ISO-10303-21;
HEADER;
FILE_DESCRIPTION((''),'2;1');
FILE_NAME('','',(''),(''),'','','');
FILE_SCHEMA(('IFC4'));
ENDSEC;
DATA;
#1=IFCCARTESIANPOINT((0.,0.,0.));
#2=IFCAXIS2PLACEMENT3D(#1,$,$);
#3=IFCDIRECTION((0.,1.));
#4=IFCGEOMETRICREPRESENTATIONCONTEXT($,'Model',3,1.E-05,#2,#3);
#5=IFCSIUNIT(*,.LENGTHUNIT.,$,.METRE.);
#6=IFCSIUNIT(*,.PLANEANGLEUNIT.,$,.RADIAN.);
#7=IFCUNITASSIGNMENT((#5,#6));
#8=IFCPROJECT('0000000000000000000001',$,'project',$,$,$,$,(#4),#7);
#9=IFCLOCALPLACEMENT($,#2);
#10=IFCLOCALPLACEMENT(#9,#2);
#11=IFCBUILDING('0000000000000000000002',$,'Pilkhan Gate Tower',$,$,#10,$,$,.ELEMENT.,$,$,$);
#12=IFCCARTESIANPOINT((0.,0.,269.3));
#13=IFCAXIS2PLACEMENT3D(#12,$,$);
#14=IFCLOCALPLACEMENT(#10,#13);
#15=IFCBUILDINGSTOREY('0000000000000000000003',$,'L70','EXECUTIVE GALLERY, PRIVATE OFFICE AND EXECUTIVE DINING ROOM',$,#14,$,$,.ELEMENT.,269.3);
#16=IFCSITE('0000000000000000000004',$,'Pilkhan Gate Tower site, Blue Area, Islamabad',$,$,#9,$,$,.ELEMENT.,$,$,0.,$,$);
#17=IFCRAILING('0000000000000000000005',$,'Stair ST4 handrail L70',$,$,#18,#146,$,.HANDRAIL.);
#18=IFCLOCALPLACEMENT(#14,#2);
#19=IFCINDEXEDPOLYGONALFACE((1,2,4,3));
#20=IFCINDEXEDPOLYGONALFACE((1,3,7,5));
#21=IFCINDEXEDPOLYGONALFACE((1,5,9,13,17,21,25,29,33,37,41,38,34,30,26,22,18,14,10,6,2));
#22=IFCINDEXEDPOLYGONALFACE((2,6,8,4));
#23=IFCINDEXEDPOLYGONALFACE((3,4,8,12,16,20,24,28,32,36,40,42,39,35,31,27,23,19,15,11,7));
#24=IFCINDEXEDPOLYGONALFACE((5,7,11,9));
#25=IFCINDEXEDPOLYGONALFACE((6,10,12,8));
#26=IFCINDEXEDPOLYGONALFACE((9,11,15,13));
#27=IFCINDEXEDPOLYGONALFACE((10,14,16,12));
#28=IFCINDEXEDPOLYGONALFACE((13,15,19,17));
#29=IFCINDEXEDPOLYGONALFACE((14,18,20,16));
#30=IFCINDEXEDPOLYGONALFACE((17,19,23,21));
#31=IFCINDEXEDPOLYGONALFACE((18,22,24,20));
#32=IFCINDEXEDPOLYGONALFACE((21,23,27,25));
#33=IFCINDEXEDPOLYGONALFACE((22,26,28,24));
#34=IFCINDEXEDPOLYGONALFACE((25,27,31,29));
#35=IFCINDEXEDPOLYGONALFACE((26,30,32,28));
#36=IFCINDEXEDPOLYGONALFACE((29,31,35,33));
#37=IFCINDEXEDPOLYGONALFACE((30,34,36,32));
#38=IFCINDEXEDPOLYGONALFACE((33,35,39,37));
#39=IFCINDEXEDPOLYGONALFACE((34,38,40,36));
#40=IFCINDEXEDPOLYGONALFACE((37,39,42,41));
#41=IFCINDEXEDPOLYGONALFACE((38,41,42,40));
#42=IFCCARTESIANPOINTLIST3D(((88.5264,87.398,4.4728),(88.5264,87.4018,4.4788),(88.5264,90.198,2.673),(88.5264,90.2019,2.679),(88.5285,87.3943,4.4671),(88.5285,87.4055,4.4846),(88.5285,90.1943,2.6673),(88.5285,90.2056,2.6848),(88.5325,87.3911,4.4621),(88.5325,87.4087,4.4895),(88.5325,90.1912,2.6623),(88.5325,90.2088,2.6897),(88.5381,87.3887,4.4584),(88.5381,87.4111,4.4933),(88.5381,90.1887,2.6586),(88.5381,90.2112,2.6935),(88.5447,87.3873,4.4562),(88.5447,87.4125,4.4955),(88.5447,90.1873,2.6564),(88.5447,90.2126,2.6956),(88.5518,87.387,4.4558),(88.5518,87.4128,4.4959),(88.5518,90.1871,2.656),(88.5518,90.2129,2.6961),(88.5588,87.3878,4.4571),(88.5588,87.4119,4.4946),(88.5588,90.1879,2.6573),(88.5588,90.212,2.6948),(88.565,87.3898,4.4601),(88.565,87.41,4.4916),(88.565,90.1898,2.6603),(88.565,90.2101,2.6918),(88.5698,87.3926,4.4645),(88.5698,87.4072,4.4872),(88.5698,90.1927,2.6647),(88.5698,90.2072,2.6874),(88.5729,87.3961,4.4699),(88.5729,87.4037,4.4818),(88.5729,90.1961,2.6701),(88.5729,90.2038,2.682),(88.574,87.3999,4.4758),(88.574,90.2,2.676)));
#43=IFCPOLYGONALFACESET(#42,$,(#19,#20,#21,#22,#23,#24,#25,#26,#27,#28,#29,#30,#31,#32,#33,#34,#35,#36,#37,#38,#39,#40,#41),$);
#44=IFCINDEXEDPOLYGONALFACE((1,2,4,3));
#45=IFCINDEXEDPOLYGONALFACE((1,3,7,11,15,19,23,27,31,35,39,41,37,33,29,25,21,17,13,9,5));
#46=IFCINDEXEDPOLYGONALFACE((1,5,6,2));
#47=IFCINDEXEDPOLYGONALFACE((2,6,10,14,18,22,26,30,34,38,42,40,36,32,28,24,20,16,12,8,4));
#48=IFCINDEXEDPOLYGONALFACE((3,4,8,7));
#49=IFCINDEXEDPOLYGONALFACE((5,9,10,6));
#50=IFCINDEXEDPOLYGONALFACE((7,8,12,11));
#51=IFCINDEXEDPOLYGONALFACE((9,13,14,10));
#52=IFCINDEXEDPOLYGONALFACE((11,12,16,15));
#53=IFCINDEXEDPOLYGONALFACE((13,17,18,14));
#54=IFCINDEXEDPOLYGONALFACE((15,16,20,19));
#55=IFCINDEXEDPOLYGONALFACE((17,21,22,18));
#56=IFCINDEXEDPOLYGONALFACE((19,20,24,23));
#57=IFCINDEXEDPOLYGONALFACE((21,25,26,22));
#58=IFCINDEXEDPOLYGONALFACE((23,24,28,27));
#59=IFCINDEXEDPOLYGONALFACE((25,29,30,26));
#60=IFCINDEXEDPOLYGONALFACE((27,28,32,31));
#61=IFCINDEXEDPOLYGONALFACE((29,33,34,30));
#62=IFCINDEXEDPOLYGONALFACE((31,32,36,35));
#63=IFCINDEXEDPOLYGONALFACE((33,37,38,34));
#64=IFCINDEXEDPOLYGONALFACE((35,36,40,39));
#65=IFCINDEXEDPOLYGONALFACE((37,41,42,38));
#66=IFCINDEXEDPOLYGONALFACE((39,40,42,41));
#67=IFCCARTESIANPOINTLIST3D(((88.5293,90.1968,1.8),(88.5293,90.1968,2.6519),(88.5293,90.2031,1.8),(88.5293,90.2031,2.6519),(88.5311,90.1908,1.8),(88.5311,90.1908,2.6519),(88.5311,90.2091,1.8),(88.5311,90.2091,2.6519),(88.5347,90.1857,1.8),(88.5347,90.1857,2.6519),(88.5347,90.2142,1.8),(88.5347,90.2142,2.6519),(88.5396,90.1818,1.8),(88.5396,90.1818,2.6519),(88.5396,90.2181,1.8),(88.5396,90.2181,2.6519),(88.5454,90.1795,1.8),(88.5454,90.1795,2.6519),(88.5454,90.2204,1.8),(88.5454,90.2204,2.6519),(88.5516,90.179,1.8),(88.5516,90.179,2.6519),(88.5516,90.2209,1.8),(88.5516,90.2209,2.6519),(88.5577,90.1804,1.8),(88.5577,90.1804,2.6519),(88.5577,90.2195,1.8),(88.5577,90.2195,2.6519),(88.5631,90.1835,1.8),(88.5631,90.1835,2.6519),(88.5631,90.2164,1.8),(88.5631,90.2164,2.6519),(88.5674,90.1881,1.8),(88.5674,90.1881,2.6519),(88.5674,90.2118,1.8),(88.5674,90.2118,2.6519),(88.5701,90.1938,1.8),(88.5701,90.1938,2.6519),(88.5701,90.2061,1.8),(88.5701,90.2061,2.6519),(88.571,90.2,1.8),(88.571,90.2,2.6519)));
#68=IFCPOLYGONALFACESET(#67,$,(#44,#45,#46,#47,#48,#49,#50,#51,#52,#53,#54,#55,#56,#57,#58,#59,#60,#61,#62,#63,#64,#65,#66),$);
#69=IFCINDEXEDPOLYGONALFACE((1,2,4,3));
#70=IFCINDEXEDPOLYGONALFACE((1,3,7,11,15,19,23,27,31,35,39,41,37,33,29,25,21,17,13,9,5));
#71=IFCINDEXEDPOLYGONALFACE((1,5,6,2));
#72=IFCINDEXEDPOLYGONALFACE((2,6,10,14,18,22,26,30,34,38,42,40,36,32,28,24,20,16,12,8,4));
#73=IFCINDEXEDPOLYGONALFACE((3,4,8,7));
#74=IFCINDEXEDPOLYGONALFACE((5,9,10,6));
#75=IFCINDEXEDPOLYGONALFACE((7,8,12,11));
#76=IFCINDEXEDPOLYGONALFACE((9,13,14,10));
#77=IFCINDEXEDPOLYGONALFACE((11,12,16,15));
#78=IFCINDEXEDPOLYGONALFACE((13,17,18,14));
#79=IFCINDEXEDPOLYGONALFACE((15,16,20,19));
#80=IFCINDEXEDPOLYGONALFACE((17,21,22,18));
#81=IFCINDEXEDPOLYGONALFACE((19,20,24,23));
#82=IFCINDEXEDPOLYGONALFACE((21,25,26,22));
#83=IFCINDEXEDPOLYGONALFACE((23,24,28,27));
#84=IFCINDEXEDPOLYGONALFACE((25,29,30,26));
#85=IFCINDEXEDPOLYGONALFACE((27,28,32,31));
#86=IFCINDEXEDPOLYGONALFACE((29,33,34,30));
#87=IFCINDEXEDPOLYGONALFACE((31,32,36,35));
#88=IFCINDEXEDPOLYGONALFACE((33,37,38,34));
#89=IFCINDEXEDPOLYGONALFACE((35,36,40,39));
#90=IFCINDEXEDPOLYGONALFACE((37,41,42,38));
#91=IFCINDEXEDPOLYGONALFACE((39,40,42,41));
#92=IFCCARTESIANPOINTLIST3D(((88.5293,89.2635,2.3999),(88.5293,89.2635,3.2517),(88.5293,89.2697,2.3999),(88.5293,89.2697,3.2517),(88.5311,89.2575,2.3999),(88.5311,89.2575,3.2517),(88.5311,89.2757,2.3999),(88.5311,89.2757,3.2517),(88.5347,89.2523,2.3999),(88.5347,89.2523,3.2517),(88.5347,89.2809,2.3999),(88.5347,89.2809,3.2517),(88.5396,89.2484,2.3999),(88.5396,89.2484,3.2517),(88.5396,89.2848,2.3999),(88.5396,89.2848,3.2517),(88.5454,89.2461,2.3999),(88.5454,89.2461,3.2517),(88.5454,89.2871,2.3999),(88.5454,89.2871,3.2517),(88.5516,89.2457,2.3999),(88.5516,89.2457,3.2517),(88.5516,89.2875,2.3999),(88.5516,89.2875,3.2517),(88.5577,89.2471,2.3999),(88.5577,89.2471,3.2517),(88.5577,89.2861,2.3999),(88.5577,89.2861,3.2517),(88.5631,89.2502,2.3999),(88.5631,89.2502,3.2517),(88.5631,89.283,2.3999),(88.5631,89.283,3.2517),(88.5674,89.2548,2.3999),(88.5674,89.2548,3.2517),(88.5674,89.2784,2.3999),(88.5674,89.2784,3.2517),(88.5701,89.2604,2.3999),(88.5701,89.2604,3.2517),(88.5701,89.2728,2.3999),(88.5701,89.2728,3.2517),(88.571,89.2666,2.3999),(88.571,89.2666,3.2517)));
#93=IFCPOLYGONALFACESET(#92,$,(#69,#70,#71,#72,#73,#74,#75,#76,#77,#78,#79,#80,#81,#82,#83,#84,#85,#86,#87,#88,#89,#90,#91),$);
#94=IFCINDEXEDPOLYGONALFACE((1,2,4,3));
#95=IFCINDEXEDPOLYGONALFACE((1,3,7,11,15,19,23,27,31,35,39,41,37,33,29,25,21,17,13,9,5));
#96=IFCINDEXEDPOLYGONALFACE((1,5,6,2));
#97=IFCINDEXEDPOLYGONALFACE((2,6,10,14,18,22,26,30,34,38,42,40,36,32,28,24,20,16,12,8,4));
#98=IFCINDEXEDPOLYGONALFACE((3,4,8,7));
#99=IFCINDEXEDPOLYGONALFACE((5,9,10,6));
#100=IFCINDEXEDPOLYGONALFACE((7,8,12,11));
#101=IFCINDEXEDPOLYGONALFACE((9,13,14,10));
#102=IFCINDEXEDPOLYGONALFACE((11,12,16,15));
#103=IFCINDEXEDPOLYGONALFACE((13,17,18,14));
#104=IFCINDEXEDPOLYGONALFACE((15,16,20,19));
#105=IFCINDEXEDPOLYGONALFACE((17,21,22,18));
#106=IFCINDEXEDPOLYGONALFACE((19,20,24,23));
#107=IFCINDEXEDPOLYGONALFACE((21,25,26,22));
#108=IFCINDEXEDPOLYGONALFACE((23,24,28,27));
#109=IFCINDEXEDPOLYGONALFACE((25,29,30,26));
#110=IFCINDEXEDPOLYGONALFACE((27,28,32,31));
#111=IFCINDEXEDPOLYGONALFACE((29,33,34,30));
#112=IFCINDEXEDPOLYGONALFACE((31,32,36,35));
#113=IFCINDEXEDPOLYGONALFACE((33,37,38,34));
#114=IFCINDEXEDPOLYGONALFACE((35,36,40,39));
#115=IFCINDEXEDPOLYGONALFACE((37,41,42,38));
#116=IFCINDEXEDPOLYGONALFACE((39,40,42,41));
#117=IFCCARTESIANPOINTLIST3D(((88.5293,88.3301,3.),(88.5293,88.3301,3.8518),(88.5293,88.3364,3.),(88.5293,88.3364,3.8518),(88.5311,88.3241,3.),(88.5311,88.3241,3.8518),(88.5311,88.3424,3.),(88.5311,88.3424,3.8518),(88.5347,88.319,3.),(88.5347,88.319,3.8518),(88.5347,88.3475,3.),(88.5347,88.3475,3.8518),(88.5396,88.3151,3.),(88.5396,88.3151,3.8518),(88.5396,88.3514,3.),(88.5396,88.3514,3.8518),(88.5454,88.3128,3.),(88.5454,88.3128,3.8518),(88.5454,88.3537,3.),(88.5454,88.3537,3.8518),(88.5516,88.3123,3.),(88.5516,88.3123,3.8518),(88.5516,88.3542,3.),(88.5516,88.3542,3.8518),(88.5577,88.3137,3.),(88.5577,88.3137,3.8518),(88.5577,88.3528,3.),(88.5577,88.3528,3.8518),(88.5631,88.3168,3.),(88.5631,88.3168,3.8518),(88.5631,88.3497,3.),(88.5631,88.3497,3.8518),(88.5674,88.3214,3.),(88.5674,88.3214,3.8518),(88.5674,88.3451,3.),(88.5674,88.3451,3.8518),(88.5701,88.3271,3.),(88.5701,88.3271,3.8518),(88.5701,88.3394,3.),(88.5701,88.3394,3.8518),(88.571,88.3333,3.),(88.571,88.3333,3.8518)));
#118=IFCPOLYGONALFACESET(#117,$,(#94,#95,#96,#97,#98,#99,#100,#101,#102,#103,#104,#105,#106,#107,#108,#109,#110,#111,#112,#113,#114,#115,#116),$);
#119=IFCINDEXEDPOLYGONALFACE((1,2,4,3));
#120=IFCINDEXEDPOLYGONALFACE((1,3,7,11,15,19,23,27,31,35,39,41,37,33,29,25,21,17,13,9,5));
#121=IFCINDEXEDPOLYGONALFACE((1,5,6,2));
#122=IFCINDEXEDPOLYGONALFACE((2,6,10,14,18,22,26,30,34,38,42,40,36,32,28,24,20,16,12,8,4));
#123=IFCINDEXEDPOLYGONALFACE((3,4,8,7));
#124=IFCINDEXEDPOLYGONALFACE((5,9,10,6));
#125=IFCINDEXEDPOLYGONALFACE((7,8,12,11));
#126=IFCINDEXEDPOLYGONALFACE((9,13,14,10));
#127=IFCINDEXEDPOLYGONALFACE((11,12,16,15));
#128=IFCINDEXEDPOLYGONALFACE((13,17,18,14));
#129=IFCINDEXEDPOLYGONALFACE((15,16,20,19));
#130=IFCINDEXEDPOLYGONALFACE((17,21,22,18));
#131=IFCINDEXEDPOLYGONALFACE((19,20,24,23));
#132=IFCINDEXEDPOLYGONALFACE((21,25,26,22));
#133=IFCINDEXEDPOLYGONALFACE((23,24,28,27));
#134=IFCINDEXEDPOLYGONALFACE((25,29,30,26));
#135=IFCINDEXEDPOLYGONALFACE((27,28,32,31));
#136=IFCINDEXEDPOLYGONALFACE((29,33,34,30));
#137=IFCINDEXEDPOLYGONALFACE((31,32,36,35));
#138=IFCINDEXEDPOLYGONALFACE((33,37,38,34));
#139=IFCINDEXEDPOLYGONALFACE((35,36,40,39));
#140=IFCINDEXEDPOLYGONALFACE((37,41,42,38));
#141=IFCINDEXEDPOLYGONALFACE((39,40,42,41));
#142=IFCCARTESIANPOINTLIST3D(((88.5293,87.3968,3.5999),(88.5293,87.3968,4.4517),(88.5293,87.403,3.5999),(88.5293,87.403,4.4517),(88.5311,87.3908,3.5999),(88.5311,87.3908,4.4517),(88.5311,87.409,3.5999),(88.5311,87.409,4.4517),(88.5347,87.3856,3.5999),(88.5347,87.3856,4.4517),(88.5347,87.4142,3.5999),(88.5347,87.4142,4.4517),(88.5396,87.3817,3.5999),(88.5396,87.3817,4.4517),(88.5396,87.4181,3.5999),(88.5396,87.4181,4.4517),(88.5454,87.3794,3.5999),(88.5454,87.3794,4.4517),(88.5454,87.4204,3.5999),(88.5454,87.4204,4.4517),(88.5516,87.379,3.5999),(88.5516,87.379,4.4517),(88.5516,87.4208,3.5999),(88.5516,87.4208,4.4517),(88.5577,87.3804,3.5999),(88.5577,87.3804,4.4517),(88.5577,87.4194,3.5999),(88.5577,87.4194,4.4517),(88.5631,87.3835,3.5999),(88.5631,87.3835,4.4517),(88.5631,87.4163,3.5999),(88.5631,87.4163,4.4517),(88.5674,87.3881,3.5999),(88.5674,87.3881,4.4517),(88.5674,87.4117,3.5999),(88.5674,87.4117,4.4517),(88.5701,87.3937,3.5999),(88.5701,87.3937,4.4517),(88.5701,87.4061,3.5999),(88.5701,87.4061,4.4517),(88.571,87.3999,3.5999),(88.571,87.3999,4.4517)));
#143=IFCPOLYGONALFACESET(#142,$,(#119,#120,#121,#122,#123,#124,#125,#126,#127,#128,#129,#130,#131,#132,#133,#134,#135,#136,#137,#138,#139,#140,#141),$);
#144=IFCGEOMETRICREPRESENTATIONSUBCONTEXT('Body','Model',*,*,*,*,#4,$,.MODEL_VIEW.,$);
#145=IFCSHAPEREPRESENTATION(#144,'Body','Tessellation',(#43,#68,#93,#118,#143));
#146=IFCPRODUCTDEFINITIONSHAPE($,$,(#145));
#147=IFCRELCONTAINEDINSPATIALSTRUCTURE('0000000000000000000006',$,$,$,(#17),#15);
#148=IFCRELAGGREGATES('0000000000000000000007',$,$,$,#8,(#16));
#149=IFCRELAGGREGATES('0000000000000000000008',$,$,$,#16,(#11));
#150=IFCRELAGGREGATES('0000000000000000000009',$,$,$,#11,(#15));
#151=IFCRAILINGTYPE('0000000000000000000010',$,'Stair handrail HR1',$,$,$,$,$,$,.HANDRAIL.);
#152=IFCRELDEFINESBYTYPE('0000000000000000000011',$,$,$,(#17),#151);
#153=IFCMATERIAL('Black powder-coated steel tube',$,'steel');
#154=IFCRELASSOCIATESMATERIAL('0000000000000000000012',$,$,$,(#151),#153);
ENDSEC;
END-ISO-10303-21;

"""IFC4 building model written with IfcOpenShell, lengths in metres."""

from ifc_helpers import new_model, si_unit, direction, frame, origin, origin_2d, place, context, subcontext, project, spatial, circle, extrude, material, type_object, element, save


model = new_model("IFC4")

# Units and contexts
model_context = context("Model", 3, precision=1e-05, world=origin(), true_north=direction((0.0, 1.0)))
body_context = subcontext(model_context, "Body", "Model", "MODEL_VIEW")
ifc_project = project(units=[si_unit("LENGTHUNIT", "METRE"), si_unit("PLANEANGLEUNIT", "RADIAN")], contexts=[model_context])

# Site, building, storey
site_placement = place(None, origin())
site = spatial("IfcSite", under=ifc_project, at=site_placement, Name="Pilkhan Gate Tower site, Blue Area, Islamabad", CompositionType="ELEMENT", RefElevation=0.0)
building_placement = place(site_placement, origin())
building = spatial("IfcBuilding", under=site, at=building_placement, Name="Pilkhan Gate Tower", CompositionType="ELEMENT")
storey_placement = place(building_placement, frame((0.0, 0.0, 269.3)))
storey = spatial("IfcBuildingStorey", under=building, at=storey_placement, Name="L70", Description="EXECUTIVE GALLERY, PRIVATE OFFICE AND EXECUTIVE DINING ROOM", CompositionType="ELEMENT", Elevation=269.3)

# Railing
ifc_material_1 = material(Name="Black powder-coated steel tube", Category="steel")
railing_type_1 = type_object("IfcRailingType", Name="Stair handrail HR1", PredefinedType="HANDRAIL", material=ifc_material_1)
railing_1_placement = place(storey_placement, frame((88.55, 90.2, 1.8)))
element("IfcRailing", 1, at=railing_1_placement, inside=storey, type_object=railing_type_1, Name="Stair ST4 handrail L70", PredefinedType="HANDRAIL", context=body_context, shape_type="SweptSolid", body=[
    extrude(circle(Radius=0.0239, at=origin_2d()), frame((0.0, 0.0, 0.876), z_axis=(0.0, -0.841209, 0.540709), x_axis=(1.0, 0.0, 0.0)), (0.0, 0.0, 1.0), 3.3286),
    extrude(circle(Radius=0.021, at=origin_2d()), origin(), (0.0, 0.0, 1.0), 0.8518),
    extrude(circle(Radius=0.021, at=origin_2d()), frame((0.0, -0.9333, 0.5999)), (0.0, 0.0, 1.0), 0.8518),
    extrude(circle(Radius=0.021, at=origin_2d()), frame((0.0, -1.8667, 1.2)), (0.0, 0.0, 1.0), 0.8518),
    extrude(circle(Radius=0.021, at=origin_2d()), frame((0.0, -2.8, 1.7998)), (0.0, 0.0, 1.0), 0.8518),
])

save(model, "model.ifc")
